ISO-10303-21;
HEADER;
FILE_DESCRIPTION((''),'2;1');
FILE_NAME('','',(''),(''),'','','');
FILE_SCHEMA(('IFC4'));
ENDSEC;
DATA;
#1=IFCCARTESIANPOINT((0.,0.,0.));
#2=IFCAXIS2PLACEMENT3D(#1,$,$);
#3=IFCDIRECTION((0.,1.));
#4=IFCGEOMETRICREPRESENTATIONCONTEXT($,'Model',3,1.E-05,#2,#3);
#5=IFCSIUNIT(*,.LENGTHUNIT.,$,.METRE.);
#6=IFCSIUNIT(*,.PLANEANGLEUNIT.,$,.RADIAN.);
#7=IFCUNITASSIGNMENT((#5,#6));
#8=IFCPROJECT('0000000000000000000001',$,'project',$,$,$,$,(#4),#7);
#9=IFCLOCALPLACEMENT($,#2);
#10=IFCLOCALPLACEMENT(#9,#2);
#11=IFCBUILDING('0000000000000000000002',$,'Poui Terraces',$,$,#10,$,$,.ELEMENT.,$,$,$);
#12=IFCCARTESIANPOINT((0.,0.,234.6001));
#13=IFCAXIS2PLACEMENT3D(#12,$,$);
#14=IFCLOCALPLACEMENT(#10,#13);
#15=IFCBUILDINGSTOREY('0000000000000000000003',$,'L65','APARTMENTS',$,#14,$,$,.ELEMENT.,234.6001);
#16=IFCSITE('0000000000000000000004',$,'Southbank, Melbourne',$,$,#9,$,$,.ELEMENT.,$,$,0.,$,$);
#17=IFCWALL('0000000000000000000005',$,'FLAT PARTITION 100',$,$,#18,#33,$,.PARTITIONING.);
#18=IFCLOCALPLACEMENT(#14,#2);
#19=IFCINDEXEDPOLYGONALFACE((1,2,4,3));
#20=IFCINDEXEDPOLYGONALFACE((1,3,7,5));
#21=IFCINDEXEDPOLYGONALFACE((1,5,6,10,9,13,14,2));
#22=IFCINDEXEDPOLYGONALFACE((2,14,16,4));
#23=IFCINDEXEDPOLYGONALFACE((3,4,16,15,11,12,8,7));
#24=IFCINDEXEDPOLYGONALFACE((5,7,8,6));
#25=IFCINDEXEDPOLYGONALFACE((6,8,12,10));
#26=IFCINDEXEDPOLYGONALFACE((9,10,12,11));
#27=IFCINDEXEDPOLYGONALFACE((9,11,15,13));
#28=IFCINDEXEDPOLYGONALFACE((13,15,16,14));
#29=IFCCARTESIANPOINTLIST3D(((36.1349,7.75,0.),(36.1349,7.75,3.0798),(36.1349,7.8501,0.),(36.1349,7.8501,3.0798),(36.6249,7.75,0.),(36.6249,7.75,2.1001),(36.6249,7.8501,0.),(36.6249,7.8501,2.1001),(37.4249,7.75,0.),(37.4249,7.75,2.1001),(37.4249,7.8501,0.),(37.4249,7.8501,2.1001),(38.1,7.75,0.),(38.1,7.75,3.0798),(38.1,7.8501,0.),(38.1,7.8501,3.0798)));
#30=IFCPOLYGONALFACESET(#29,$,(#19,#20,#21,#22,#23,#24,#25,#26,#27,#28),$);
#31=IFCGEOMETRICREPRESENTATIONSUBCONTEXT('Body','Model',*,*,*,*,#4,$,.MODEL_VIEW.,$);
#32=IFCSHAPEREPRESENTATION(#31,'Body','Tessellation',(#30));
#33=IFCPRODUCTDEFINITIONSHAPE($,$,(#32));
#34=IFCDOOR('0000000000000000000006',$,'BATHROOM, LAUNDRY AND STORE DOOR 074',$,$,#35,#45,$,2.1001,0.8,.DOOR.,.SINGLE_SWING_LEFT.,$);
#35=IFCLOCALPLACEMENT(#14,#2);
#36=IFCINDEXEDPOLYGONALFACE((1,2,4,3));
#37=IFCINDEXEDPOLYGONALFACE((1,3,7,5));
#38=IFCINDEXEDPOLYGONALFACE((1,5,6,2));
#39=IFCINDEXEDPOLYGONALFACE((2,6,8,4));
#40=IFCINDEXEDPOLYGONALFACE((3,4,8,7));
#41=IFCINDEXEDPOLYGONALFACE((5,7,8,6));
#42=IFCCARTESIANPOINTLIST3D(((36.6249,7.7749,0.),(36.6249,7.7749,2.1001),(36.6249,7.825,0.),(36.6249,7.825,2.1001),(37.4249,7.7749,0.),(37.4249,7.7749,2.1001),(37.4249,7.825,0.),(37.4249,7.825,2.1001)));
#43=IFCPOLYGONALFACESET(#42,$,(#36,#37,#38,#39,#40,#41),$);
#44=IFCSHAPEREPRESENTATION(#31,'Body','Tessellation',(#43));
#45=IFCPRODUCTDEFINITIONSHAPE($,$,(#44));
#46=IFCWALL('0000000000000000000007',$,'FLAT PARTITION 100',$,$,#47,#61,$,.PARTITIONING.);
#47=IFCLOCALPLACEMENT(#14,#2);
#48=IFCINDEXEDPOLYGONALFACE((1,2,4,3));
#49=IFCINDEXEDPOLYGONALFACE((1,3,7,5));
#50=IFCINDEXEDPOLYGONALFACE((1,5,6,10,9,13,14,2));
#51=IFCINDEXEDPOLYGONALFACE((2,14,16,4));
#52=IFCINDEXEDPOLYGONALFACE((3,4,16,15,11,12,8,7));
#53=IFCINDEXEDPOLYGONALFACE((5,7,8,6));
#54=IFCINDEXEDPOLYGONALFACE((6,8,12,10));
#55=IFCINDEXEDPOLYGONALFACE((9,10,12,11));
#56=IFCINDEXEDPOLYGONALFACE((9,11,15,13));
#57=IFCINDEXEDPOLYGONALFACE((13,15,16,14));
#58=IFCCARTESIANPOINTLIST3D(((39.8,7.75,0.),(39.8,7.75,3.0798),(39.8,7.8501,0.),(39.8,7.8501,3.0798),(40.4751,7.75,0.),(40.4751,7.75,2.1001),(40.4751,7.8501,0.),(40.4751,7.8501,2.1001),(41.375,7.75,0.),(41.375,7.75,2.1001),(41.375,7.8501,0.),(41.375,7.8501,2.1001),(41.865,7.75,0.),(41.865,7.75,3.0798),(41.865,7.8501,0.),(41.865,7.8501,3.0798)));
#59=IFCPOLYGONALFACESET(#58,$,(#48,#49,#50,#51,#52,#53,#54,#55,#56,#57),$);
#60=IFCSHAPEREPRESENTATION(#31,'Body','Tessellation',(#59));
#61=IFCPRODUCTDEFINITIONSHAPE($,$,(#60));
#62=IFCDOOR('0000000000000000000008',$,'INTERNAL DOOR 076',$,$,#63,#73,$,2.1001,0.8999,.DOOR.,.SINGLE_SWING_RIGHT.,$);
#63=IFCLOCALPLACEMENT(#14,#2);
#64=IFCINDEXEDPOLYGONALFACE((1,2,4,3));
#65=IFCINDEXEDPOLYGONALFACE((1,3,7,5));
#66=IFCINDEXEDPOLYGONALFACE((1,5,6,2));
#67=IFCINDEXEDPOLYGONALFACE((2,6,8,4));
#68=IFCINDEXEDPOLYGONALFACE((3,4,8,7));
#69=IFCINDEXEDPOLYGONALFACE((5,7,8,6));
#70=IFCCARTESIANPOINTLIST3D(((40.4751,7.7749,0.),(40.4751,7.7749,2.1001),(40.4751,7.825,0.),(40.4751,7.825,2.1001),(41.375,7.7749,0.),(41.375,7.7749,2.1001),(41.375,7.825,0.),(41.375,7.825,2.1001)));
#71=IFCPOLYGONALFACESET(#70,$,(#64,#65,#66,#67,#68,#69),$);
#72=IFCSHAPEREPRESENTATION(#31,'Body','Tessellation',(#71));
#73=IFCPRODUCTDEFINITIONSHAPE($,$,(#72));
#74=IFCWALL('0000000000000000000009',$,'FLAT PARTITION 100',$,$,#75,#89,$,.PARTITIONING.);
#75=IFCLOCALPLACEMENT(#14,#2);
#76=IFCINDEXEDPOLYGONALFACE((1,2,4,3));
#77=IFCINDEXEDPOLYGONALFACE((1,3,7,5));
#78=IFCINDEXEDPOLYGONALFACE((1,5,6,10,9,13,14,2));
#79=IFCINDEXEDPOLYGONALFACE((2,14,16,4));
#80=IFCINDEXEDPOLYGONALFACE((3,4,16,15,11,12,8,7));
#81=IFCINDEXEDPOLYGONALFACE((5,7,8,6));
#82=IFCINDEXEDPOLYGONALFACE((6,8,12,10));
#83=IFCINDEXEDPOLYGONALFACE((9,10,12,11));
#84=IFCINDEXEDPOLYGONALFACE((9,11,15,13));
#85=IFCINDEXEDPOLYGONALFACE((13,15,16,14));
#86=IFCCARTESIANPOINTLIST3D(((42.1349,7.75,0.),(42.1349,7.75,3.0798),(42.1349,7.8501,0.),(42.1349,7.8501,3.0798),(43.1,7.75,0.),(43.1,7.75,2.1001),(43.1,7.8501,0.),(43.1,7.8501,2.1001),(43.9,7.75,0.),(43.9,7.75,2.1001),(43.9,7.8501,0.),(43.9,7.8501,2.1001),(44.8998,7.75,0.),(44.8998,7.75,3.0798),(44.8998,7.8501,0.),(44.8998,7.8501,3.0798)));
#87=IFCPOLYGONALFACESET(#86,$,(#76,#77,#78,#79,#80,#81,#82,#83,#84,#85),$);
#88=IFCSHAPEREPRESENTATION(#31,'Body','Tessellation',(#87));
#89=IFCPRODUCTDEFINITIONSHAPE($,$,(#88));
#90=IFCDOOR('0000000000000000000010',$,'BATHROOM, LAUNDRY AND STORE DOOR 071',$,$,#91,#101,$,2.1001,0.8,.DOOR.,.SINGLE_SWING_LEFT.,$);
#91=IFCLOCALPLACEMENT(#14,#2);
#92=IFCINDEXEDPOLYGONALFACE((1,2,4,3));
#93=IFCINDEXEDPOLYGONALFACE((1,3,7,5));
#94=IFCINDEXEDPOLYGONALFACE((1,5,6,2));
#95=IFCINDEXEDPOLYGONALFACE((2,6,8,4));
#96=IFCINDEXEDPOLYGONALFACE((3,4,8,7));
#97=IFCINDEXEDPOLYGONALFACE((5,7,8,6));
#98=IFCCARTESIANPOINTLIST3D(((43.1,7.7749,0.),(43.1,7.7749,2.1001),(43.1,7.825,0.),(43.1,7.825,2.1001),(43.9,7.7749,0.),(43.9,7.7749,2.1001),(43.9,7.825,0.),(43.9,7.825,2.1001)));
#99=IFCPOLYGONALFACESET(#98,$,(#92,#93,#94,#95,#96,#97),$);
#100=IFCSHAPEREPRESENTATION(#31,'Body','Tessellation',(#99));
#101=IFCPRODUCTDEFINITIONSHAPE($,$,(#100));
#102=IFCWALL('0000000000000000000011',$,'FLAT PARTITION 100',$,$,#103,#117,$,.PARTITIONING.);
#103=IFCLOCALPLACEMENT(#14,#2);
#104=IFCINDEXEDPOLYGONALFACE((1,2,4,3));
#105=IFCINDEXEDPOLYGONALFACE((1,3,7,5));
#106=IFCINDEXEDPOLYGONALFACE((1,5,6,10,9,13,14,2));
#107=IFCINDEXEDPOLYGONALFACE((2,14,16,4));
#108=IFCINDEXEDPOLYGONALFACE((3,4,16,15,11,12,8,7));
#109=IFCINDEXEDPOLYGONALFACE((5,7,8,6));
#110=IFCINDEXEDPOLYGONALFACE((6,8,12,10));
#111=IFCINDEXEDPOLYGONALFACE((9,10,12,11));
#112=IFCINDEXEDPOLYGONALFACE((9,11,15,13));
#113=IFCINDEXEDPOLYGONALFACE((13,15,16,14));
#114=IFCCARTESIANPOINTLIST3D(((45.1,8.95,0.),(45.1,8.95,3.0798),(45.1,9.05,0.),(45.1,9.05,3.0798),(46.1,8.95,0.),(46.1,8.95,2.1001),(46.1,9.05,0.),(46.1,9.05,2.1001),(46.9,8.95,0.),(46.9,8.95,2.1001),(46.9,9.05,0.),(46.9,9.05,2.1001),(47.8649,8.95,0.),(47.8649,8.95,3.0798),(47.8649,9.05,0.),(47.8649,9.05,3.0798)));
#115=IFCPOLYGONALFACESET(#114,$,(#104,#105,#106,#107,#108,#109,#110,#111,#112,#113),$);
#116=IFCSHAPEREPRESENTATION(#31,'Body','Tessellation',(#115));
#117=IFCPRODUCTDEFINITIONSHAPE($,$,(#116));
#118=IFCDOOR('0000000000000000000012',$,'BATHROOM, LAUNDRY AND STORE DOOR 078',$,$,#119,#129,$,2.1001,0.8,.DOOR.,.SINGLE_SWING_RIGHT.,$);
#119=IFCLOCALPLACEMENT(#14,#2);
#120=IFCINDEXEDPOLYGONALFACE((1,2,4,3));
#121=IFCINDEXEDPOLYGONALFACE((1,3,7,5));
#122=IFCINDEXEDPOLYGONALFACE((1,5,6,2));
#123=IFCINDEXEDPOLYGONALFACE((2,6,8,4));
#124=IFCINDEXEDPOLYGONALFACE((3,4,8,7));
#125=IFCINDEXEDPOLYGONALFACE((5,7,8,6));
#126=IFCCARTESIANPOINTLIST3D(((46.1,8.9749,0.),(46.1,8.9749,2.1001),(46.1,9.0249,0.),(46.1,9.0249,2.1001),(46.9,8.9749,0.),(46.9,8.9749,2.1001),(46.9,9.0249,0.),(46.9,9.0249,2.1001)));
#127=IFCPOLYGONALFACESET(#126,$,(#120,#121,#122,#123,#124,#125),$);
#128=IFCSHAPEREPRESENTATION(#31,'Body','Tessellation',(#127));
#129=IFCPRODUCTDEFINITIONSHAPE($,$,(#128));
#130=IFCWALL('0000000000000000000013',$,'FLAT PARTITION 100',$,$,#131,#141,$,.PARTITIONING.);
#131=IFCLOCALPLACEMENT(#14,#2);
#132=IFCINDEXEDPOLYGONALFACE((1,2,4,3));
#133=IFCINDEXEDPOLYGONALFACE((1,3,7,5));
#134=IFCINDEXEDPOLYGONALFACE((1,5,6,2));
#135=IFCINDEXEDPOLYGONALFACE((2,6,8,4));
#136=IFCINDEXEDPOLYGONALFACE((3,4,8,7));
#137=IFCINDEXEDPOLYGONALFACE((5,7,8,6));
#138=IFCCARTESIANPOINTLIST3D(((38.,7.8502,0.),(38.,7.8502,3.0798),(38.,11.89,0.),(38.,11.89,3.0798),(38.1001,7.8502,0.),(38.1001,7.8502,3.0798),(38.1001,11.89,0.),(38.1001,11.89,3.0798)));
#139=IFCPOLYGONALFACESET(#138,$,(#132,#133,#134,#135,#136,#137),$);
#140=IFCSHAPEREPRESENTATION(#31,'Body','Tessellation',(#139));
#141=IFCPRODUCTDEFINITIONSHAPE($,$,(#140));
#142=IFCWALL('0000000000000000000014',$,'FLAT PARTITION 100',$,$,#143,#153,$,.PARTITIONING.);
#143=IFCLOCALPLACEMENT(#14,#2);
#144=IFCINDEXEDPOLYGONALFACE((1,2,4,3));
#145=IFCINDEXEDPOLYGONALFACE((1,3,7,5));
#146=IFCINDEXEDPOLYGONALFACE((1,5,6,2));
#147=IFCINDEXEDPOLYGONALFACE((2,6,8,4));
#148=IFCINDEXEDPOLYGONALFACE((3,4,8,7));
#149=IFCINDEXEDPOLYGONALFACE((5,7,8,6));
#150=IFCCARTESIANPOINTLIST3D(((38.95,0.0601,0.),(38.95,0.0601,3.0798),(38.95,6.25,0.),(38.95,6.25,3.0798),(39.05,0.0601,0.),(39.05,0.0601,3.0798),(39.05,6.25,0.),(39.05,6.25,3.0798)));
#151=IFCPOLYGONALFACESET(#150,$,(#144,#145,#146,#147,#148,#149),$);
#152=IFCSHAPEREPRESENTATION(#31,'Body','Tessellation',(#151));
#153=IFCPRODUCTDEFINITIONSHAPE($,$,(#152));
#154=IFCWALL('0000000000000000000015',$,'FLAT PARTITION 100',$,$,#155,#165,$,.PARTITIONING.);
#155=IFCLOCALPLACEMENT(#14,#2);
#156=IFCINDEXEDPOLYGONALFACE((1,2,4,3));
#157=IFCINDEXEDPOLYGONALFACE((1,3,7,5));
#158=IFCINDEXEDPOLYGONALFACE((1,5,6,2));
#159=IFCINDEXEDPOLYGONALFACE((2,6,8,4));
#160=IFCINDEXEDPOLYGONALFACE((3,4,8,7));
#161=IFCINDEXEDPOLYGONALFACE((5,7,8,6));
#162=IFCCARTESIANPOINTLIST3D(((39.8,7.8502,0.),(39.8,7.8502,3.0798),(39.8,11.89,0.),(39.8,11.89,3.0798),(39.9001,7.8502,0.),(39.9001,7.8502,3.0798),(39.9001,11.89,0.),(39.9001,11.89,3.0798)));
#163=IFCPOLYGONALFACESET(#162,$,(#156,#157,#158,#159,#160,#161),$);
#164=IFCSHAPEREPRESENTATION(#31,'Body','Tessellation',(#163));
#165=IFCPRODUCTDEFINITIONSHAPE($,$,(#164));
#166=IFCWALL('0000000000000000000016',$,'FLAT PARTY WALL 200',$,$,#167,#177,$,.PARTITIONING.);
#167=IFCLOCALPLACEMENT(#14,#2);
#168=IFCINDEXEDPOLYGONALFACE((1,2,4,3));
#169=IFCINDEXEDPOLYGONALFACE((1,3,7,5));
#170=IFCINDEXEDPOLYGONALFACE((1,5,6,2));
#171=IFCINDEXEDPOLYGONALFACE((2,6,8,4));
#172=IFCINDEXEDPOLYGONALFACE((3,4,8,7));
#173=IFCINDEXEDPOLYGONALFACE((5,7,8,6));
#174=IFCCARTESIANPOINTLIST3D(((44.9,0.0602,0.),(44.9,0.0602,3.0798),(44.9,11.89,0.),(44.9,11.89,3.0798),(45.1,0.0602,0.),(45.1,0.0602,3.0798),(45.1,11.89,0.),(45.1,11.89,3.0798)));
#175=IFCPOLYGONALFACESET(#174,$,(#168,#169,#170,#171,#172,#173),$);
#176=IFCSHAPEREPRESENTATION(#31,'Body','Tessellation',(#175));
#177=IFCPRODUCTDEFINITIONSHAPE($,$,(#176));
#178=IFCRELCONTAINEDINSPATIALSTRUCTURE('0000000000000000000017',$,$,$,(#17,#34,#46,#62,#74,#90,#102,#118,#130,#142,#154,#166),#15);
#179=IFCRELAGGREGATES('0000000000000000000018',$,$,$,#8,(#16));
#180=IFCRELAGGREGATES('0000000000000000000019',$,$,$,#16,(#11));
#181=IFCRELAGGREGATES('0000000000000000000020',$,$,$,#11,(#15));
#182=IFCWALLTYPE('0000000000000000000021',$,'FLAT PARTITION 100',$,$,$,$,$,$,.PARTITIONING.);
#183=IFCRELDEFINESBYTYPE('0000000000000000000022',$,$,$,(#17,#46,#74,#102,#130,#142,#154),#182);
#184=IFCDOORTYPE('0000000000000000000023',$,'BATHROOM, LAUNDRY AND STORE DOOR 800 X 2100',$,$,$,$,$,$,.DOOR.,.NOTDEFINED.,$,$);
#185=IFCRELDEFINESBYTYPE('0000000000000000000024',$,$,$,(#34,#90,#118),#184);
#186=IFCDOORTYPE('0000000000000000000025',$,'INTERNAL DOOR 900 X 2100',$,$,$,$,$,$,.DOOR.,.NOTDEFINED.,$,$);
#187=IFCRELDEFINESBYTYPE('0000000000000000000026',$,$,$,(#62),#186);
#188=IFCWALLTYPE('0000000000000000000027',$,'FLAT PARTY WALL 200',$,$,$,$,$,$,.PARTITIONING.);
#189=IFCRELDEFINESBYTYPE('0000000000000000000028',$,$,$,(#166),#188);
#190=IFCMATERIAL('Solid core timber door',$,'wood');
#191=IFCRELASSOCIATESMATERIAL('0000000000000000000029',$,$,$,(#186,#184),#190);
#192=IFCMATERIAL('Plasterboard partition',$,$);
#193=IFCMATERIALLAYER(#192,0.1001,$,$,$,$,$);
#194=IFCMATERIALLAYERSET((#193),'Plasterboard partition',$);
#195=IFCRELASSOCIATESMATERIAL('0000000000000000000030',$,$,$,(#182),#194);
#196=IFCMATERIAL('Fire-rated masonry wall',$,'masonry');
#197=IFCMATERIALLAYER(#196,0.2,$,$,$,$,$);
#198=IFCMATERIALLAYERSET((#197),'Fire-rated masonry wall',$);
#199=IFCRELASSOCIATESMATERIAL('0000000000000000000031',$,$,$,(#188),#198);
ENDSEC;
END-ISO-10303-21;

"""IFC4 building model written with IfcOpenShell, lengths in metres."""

from ifc_helpers import new_model, si_unit, direction, frame, frame_2d, origin, place, context, subcontext, project, spatial, rectangle, extrude, material, layer, layer_set, type_object, element, fill, save


model = new_model("IFC4")

# Units and contexts
model_context = context("Model", 3, precision=1e-05, world=origin(), true_north=direction((0.0, 1.0)))
body_context = subcontext(model_context, "Body", "Model", "MODEL_VIEW")
ifc_project = project(units=[si_unit("LENGTHUNIT", "METRE"), si_unit("PLANEANGLEUNIT", "RADIAN")], contexts=[model_context])

# Site, building, storey
site_placement = place(None, origin())
site = spatial("IfcSite", under=ifc_project, at=site_placement, Name="Southbank, Melbourne", CompositionType="ELEMENT", RefElevation=0.0)
building_placement = place(site_placement, origin())
building = spatial("IfcBuilding", under=site, at=building_placement, Name="Poui Terraces", CompositionType="ELEMENT")
storey_placement = place(building_placement, frame((0.0, 0.0, 234.6001)))
storey = spatial("IfcBuildingStorey", under=building, at=storey_placement, Name="L65", Description="APARTMENTS", CompositionType="ELEMENT", Elevation=234.6001)

# Walls, openings, doors
ifc_material_1 = material(Name="Solid core timber door", Category="wood")
door_type_1 = type_object("IfcDoorType", Name="INTERNAL DOOR 900 X 2100", OperationType="NOTDEFINED", PredefinedType="DOOR", material=ifc_material_1)
ifc_material_2 = material(Name="Plasterboard partition")
ifc_layer_1 = layer(ifc_material_2, 0.1001)
ifc_layer_set_1 = layer_set([ifc_layer_1], Name="Plasterboard partition")
wall_type_1 = type_object("IfcWallType", Name="FLAT PARTITION 100", PredefinedType="PARTITIONING", material=ifc_layer_set_1)
wall_1_placement = place(storey_placement, frame((36.135, 7.8, 0.0), z_axis=(0.0, 0.0, 1.0), x_axis=(1.0, 0.0, 0.0)))
wall_1 = element("IfcWall", 1, at=wall_1_placement, inside=storey, type_object=wall_type_1, Name="FLAT PARTITION 100", PredefinedType="PARTITIONING", context=body_context, shape_type="SweptSolid", body=[
    extrude(rectangle(XDim=1.9651, YDim=0.1001, at=frame_2d((0.9824, 0.0))), origin(), (0.0, 0.0, 1.0), 3.0798),
])
opening_1_placement = place(wall_1_placement, frame((0.49, 0.0, 0.0)))
opening_1 = element("IfcOpeningElement", 2, at=opening_1_placement, cuts=wall_1, PredefinedType="OPENING", context=body_context, shape_type="SweptSolid", body=[
    extrude(rectangle(XDim=0.8, YDim=2.1001, at=frame_2d((0.3999, 1.05))), frame((0.0, 0.0601, 0.0), z_axis=(0.0, -1.0, 0.0), x_axis=(1.0, 0.0, 0.0)), (0.0, 0.0, 1.0), 0.1201),
])
door_type_2 = type_object("IfcDoorType", Name="BATHROOM, LAUNDRY AND STORE DOOR 800 X 2100", OperationType="NOTDEFINED", PredefinedType="DOOR", material=ifc_material_1)
door_1_placement = place(opening_1_placement, origin())
door_1 = element("IfcDoor", 3, at=door_1_placement, inside=storey, type_object=door_type_2, Name="BATHROOM, LAUNDRY AND STORE DOOR 074", OperationType="SINGLE_SWING_LEFT", OverallHeight=2.1001, OverallWidth=0.8, PredefinedType="DOOR", context=body_context, shape_type="SweptSolid", body=[
    extrude(rectangle(XDim=0.8, YDim=2.1001, at=frame_2d((0.3999, 1.05))), frame((0.0, 0.0249, 0.0), z_axis=(0.0, -1.0, 0.0), x_axis=(1.0, 0.0, 0.0)), (0.0, 0.0, 1.0), 0.05),
])
fill(opening_1, door_1)
wall_2_placement = place(storey_placement, frame((39.8, 7.8, 0.0), z_axis=(0.0, 0.0, 1.0), x_axis=(1.0, 0.0, 0.0)))
wall_2 = element("IfcWall", 4, at=wall_2_placement, inside=storey, type_object=wall_type_1, Name="FLAT PARTITION 100", PredefinedType="PARTITIONING", context=body_context, shape_type="SweptSolid", body=[
    extrude(rectangle(XDim=2.0649, YDim=0.1001, at=frame_2d((1.0325, 0.0))), origin(), (0.0, 0.0, 1.0), 3.0798),
])
opening_2_placement = place(wall_2_placement, frame((0.675, 0.0, 0.0)))
opening_2 = element("IfcOpeningElement", 5, at=opening_2_placement, cuts=wall_2, PredefinedType="OPENING", context=body_context, shape_type="SweptSolid", body=[
    extrude(rectangle(XDim=0.8999, YDim=2.1001, at=frame_2d((0.45, 1.05))), frame((0.0, 0.0601, 0.0), z_axis=(0.0, -1.0, 0.0), x_axis=(1.0, 0.0, 0.0)), (0.0, 0.0, 1.0), 0.1201),
])
door_2_placement = place(opening_2_placement, origin())
door_2 = element("IfcDoor", 6, at=door_2_placement, inside=storey, type_object=door_type_1, Name="INTERNAL DOOR 076", OperationType="SINGLE_SWING_RIGHT", OverallHeight=2.1001, OverallWidth=0.8999, PredefinedType="DOOR", context=body_context, shape_type="SweptSolid", body=[
    extrude(rectangle(XDim=0.8999, YDim=2.1001, at=frame_2d((0.45, 1.05))), frame((0.0, 0.0249, 0.0), z_axis=(0.0, -1.0, 0.0), x_axis=(1.0, 0.0, 0.0)), (0.0, 0.0, 1.0), 0.05),
])
fill(opening_2, door_2)
wall_3_placement = place(storey_placement, frame((42.135, 7.8, 0.0), z_axis=(0.0, 0.0, 1.0), x_axis=(1.0, 0.0, 0.0)))
wall_3 = element("IfcWall", 7, at=wall_3_placement, inside=storey, type_object=wall_type_1, Name="FLAT PARTITION 100", PredefinedType="PARTITIONING", context=body_context, shape_type="SweptSolid", body=[
    extrude(rectangle(XDim=2.7649, YDim=0.1001, at=frame_2d((1.3823, 0.0))), origin(), (0.0, 0.0, 1.0), 3.0798),
])
opening_3_placement = place(wall_3_placement, frame((0.9651, 0.0, 0.0)))
opening_3 = element("IfcOpeningElement", 8, at=opening_3_placement, cuts=wall_3, PredefinedType="OPENING", context=body_context, shape_type="SweptSolid", body=[
    extrude(rectangle(XDim=0.8, YDim=2.1001, at=frame_2d((0.3999, 1.05))), frame((0.0, 0.0601, 0.0), z_axis=(0.0, -1.0, 0.0), x_axis=(1.0, 0.0, 0.0)), (0.0, 0.0, 1.0), 0.1201),
])
door_3_placement = place(opening_3_placement, origin())
door_3 = element("IfcDoor", 9, at=door_3_placement, inside=storey, type_object=door_type_2, Name="BATHROOM, LAUNDRY AND STORE DOOR 071", OperationType="SINGLE_SWING_LEFT", OverallHeight=2.1001, OverallWidth=0.8, PredefinedType="DOOR", context=body_context, shape_type="SweptSolid", body=[
    extrude(rectangle(XDim=0.8, YDim=2.1001, at=frame_2d((0.3999, 1.05))), frame((0.0, 0.0249, 0.0), z_axis=(0.0, -1.0, 0.0), x_axis=(1.0, 0.0, 0.0)), (0.0, 0.0, 1.0), 0.05),
])
fill(opening_3, door_3)
wall_4_placement = place(storey_placement, frame((45.1001, 9.0, 0.0), z_axis=(0.0, 0.0, 1.0), x_axis=(1.0, 0.0, 0.0)))
wall_4 = element("IfcWall", 10, at=wall_4_placement, inside=storey, type_object=wall_type_1, Name="FLAT PARTITION 100", PredefinedType="PARTITIONING", context=body_context, shape_type="SweptSolid", body=[
    extrude(rectangle(XDim=2.7649, YDim=0.1001, at=frame_2d((1.3823, 0.0))), origin(), (0.0, 0.0, 1.0), 3.0798),
])
opening_4_placement = place(wall_4_placement, frame((1.0, 0.0, 0.0)))
opening_4 = element("IfcOpeningElement", 11, at=opening_4_placement, cuts=wall_4, PredefinedType="OPENING", context=body_context, shape_type="SweptSolid", body=[
    extrude(rectangle(XDim=0.8, YDim=2.1001, at=frame_2d((0.3999, 1.05))), frame((0.0, 0.0601, 0.0), z_axis=(0.0, -1.0, 0.0), x_axis=(1.0, 0.0, 0.0)), (0.0, 0.0, 1.0), 0.1201),
])
door_4_placement = place(opening_4_placement, origin())
door_4 = element("IfcDoor", 12, at=door_4_placement, inside=storey, type_object=door_type_2, Name="BATHROOM, LAUNDRY AND STORE DOOR 078", OperationType="SINGLE_SWING_RIGHT", OverallHeight=2.1001, OverallWidth=0.8, PredefinedType="DOOR", context=body_context, shape_type="SweptSolid", body=[
    extrude(rectangle(XDim=0.8, YDim=2.1001, at=frame_2d((0.3999, 1.05))), frame((0.0, 0.0249, 0.0), z_axis=(0.0, -1.0, 0.0), x_axis=(1.0, 0.0, 0.0)), (0.0, 0.0, 1.0), 0.05),
])
fill(opening_4, door_4)

# Walls
wall_5_placement = place(storey_placement, frame((38.05, 7.8501, 0.0), z_axis=(0.0, 0.0, 1.0), x_axis=(0.0, 1.0, 0.0)))
element("IfcWall", 13, at=wall_5_placement, inside=storey, type_object=wall_type_1, Name="FLAT PARTITION 100", PredefinedType="PARTITIONING", context=body_context, shape_type="SweptSolid", body=[
    extrude(rectangle(XDim=4.0398, YDim=0.1001, at=frame_2d((2.02, 0.0))), origin(), (0.0, 0.0, 1.0), 3.0798),
])
wall_6_placement = place(storey_placement, frame((39.0, 0.0601, 0.0), z_axis=(0.0, 0.0, 1.0), x_axis=(0.0, 1.0, 0.0)))
element("IfcWall", 14, at=wall_6_placement, inside=storey, type_object=wall_type_1, Name="FLAT PARTITION 100", PredefinedType="PARTITIONING", context=body_context, shape_type="SweptSolid", body=[
    extrude(rectangle(XDim=6.1899, YDim=0.1001, at=frame_2d((3.095, 0.0))), origin(), (0.0, 0.0, 1.0), 3.0798),
])
wall_7_placement = place(storey_placement, frame((39.8501, 7.8501, 0.0), z_axis=(0.0, 0.0, 1.0), x_axis=(0.0, 1.0, 0.0)))
element("IfcWall", 15, at=wall_7_placement, inside=storey, type_object=wall_type_1, Name="FLAT PARTITION 100", PredefinedType="PARTITIONING", context=body_context, shape_type="SweptSolid", body=[
    extrude(rectangle(XDim=4.0398, YDim=0.1001, at=frame_2d((2.02, 0.0))), origin(), (0.0, 0.0, 1.0), 3.0798),
])
ifc_material_3 = material(Name="Fire-rated masonry wall", Category="masonry")
ifc_layer_2 = layer(ifc_material_3, 0.2)
ifc_layer_set_2 = layer_set([ifc_layer_2], Name="Fire-rated masonry wall")
wall_type_2 = type_object("IfcWallType", Name="FLAT PARTY WALL 200", PredefinedType="PARTITIONING", material=ifc_layer_set_2)
wall_8_placement = place(storey_placement, frame((45.0, 0.0601, 0.0), z_axis=(0.0, 0.0, 1.0), x_axis=(0.0, 1.0, 0.0)))
element("IfcWall", 16, at=wall_8_placement, inside=storey, type_object=wall_type_2, Name="FLAT PARTY WALL 200", PredefinedType="PARTITIONING", context=body_context, shape_type="SweptSolid", body=[
    extrude(rectangle(XDim=11.8298, YDim=0.2, at=frame_2d((5.915, 0.0))), origin(), (0.0, 0.0, 1.0), 3.0798),
])

save(model, "model.ifc")
